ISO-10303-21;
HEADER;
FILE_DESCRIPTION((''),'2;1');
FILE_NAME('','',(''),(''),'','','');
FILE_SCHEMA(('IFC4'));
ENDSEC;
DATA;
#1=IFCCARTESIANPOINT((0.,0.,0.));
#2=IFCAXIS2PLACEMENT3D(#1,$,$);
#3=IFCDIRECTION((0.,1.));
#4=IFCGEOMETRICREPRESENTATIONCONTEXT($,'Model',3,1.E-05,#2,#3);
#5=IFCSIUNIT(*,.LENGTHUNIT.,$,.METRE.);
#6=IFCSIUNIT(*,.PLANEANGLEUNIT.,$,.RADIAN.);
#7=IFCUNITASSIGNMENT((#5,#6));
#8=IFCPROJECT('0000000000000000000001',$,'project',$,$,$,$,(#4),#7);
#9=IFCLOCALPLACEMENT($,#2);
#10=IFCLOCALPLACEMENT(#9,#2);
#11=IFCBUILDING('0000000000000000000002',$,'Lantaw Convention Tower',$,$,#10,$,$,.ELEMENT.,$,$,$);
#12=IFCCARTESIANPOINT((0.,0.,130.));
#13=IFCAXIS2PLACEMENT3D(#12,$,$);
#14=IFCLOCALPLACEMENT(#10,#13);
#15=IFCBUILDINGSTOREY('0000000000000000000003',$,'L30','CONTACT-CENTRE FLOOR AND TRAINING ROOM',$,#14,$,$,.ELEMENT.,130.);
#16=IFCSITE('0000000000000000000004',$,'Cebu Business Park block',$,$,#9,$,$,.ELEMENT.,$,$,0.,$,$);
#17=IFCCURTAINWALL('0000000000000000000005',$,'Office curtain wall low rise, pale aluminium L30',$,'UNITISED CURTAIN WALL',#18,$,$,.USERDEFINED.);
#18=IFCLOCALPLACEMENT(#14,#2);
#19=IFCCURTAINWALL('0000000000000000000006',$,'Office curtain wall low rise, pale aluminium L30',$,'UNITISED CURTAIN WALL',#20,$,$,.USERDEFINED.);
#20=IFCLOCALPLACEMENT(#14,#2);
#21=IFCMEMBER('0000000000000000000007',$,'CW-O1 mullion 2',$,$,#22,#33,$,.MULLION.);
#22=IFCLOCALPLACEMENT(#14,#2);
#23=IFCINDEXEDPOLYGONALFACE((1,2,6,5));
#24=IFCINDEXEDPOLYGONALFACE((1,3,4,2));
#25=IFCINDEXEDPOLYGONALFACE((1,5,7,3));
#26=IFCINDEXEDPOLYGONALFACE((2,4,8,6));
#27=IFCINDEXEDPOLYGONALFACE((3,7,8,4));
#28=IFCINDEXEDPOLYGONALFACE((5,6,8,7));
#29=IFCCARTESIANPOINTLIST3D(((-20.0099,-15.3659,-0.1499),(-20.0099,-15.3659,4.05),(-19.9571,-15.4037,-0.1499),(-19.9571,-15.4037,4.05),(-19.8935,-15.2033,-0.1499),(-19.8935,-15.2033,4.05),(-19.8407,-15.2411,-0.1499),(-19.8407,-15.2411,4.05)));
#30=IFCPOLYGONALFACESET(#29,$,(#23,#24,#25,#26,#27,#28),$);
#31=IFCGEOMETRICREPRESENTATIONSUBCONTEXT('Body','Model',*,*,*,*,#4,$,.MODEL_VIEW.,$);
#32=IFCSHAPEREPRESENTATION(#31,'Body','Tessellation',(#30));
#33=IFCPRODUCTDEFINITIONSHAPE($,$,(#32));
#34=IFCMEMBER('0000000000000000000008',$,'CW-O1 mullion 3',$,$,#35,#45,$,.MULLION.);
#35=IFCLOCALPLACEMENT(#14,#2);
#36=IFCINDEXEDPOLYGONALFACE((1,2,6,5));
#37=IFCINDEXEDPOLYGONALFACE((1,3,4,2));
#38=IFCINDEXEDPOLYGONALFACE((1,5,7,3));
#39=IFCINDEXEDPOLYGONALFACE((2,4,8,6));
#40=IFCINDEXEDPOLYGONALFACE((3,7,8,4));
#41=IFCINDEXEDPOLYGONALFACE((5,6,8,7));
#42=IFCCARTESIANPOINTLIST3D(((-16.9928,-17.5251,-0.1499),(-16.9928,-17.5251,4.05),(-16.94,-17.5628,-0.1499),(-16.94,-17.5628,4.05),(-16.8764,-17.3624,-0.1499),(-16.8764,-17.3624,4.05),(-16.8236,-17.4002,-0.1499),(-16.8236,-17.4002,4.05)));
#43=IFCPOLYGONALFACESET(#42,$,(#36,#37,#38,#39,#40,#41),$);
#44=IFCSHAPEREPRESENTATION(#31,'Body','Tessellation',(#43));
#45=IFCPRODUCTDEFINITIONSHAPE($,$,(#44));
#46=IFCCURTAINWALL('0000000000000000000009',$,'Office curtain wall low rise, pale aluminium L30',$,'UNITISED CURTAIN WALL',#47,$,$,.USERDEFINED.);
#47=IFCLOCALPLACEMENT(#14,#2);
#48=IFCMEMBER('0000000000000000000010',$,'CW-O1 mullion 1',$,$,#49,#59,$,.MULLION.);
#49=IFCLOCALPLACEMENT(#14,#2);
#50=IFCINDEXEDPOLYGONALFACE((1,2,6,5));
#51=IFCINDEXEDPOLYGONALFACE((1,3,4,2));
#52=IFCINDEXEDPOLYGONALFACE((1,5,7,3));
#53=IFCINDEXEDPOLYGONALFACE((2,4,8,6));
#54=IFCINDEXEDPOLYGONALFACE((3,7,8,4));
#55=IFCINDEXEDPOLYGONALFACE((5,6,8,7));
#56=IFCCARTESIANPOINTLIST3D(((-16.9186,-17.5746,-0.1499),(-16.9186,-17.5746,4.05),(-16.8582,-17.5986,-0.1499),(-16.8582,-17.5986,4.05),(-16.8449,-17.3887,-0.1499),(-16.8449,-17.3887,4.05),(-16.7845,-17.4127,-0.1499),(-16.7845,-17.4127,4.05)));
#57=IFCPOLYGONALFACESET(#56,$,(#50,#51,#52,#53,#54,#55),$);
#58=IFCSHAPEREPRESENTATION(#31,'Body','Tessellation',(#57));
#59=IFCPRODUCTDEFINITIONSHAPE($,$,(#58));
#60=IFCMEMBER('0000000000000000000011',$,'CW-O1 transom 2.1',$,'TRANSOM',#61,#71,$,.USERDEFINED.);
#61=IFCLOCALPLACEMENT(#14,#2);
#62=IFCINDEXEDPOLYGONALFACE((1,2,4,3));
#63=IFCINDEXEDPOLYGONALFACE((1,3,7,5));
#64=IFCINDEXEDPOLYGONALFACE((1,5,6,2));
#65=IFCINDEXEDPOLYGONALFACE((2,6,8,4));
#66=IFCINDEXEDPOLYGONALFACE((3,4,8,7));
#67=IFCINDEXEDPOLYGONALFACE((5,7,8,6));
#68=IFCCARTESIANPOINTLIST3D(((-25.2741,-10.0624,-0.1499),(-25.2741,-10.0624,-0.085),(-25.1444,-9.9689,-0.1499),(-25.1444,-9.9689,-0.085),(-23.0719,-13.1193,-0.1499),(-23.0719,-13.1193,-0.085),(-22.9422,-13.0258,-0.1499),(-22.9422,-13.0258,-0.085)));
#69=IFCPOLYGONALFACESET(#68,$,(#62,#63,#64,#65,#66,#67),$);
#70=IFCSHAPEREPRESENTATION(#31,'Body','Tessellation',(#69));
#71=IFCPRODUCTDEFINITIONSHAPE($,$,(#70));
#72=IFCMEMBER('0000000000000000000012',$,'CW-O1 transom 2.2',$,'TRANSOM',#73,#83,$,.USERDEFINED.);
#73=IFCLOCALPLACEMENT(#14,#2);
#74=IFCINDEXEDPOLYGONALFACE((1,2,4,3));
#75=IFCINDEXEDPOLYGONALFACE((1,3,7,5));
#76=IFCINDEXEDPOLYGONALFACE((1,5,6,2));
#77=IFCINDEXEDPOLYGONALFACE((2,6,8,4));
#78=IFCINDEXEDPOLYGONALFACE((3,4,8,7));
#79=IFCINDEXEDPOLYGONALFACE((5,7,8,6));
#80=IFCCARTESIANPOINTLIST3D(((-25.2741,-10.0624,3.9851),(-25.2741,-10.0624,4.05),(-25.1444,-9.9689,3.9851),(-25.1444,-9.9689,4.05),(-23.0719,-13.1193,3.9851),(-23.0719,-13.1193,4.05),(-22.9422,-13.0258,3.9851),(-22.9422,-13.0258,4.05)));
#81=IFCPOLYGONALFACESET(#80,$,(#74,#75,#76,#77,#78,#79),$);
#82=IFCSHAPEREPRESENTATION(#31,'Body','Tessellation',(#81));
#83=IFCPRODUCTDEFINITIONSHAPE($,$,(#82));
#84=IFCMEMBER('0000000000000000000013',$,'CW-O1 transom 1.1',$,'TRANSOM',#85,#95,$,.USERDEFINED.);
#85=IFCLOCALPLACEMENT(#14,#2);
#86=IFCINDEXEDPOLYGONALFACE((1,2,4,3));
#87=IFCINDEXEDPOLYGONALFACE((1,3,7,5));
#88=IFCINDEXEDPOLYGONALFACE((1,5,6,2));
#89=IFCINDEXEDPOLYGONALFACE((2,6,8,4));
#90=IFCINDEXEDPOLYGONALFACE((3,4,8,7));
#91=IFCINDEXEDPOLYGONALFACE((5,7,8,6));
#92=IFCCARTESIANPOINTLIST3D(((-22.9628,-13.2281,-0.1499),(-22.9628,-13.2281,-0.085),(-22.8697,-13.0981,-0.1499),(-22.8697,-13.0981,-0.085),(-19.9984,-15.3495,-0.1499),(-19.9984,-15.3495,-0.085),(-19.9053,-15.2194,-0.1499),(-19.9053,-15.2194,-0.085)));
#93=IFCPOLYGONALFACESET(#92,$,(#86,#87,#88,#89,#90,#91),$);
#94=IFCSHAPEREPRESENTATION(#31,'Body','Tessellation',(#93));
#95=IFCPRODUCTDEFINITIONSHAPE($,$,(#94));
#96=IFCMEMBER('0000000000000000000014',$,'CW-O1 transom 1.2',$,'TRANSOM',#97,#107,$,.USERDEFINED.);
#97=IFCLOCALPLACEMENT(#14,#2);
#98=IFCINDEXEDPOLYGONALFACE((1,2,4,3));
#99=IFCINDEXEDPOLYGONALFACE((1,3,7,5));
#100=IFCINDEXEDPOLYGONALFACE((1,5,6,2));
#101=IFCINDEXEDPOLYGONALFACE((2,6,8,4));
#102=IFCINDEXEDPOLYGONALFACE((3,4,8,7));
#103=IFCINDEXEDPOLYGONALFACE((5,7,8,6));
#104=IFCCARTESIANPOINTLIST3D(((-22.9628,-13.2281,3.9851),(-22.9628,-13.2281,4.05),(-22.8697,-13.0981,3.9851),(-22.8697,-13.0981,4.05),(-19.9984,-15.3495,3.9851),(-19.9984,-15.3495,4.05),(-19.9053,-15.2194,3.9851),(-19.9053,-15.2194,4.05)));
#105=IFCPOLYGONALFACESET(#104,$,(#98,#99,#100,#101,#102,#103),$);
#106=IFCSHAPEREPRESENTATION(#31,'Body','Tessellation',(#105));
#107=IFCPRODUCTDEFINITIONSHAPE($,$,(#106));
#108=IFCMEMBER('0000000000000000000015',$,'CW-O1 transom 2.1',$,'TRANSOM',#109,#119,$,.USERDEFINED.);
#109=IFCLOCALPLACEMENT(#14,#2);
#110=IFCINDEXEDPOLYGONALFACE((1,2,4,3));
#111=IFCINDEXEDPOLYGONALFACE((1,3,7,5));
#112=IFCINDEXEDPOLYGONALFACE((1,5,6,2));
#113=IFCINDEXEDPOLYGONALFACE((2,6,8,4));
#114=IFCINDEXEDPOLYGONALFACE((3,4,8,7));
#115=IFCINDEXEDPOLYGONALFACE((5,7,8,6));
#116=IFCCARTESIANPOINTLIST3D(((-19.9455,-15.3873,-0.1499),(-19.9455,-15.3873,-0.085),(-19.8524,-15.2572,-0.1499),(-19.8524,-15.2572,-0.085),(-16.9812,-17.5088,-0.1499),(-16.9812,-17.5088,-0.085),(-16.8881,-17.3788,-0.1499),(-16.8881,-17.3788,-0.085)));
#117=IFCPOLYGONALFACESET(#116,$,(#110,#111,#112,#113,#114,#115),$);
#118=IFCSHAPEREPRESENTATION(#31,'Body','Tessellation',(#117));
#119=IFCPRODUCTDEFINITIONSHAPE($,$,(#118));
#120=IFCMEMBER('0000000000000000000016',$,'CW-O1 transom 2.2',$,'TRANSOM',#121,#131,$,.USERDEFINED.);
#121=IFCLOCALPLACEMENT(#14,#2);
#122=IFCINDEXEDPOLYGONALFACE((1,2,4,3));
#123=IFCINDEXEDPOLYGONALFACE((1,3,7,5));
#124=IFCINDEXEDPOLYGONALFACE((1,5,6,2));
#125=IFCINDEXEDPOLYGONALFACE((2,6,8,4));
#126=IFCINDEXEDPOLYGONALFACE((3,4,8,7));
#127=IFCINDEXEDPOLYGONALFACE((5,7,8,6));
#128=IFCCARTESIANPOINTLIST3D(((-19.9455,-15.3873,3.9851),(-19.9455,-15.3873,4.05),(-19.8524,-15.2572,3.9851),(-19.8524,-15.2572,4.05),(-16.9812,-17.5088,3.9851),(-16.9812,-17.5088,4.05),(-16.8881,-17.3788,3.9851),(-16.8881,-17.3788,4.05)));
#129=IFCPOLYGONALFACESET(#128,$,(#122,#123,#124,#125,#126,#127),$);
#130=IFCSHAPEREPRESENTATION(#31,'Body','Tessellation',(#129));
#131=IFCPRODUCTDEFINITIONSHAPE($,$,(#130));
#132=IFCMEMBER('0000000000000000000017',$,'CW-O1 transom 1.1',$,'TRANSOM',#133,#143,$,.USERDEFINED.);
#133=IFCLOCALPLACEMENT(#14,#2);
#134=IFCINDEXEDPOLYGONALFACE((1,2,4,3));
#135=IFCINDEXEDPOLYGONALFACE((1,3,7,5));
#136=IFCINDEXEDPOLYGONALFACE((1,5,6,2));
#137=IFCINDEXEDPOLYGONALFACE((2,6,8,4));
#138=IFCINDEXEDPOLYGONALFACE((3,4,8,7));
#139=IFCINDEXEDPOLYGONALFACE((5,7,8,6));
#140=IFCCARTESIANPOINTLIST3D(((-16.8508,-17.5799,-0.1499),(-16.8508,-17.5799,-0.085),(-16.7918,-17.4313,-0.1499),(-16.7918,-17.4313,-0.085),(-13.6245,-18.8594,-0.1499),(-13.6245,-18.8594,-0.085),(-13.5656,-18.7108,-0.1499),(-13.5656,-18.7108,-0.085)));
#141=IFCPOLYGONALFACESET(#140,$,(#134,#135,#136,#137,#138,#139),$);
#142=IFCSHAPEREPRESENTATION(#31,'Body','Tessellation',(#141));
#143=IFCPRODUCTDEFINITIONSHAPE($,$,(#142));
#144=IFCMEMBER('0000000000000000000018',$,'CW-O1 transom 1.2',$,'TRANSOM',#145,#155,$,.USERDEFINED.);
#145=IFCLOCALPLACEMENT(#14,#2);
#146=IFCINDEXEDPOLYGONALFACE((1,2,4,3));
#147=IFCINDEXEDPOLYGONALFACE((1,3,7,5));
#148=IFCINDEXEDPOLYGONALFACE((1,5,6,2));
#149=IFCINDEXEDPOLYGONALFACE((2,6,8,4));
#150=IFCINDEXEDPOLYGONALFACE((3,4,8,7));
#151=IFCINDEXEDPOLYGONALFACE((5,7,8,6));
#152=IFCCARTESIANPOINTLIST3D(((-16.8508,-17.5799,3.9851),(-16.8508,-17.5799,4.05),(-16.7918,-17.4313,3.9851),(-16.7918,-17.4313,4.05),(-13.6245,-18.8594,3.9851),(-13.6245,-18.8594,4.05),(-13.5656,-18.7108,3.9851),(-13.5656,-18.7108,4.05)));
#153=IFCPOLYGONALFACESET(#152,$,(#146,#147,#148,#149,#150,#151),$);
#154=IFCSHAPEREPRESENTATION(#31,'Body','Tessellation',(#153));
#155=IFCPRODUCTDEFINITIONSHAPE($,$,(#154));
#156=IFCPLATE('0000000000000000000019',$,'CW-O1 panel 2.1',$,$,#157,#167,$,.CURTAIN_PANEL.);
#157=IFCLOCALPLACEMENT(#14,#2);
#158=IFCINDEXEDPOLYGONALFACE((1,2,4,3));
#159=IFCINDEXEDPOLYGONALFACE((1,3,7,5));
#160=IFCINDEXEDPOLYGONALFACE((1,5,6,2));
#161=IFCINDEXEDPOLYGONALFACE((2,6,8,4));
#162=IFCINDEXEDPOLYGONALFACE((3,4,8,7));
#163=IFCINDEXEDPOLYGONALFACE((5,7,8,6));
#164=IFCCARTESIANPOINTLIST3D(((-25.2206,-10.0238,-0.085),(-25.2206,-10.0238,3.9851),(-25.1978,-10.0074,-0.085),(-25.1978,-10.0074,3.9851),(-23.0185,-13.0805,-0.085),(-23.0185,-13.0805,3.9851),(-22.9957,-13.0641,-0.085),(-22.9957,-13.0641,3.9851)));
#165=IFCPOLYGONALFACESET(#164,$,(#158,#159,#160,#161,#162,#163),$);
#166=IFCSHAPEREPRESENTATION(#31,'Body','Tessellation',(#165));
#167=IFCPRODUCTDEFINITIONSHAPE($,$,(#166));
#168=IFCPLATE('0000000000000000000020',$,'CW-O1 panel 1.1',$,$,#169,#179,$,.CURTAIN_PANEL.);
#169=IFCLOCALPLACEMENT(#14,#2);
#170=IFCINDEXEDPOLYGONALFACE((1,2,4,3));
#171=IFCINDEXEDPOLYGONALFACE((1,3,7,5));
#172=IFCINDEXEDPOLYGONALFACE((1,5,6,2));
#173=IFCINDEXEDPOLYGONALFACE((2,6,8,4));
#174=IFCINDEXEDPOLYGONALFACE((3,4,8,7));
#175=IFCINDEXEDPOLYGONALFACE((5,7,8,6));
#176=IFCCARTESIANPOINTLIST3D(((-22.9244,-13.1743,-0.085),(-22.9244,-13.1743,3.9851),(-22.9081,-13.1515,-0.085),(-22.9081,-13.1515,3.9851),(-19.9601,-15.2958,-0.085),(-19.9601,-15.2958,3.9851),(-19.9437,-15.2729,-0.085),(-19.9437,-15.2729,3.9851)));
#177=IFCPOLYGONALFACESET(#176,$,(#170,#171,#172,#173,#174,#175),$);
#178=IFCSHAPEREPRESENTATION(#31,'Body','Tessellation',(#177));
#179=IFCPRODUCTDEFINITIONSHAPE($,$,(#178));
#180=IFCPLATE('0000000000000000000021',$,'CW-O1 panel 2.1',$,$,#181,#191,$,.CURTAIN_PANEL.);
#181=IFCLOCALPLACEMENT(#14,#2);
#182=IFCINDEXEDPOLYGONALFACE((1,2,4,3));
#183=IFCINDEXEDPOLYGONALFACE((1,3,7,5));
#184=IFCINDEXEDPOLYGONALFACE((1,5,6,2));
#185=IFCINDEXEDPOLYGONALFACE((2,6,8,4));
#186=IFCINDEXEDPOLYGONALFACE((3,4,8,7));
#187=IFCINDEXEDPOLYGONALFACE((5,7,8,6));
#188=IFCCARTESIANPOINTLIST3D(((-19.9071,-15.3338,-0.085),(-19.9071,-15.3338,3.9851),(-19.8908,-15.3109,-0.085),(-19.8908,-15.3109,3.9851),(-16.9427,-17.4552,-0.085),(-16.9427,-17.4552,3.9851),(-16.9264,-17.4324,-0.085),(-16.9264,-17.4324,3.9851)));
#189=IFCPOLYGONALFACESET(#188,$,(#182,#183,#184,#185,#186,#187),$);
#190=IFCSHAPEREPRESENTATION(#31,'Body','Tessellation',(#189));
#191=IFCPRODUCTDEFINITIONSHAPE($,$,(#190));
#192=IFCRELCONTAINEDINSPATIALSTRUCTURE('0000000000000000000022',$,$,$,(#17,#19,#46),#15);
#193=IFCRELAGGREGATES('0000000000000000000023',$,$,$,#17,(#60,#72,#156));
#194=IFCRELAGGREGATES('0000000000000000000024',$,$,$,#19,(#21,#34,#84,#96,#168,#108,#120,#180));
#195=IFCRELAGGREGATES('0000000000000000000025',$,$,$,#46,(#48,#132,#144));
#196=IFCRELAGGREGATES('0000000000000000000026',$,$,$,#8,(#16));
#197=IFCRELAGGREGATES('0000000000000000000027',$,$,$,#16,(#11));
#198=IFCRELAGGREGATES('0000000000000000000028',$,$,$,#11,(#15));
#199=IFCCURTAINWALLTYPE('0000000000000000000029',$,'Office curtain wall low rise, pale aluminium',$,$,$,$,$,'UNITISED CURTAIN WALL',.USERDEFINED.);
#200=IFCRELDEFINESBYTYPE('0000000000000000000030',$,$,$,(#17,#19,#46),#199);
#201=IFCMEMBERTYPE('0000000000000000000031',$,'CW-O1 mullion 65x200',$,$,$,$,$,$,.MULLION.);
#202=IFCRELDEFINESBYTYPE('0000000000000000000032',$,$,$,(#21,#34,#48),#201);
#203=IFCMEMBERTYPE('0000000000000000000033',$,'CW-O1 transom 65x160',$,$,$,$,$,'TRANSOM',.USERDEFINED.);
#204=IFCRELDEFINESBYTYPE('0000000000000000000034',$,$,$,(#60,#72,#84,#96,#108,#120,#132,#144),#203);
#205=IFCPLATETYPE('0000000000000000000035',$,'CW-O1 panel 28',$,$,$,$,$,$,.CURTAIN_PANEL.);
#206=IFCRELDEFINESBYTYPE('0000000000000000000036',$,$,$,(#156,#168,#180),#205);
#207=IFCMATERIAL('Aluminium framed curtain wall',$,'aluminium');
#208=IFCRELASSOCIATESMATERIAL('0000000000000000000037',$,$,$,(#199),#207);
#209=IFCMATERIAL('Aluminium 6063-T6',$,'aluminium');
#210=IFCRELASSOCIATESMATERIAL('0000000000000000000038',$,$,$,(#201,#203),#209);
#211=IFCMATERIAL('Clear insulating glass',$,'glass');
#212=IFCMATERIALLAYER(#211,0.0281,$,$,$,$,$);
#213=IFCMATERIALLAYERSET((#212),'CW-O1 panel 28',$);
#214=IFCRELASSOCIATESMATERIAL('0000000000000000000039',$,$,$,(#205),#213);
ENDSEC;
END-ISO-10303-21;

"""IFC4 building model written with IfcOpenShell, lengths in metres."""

from ifc_helpers import new_model, si_unit, direction, frame, origin, origin_2d, place, context, subcontext, project, spatial, rectangle, extrude, material, layer, layer_set, material_profile, profile_set, type_object, element, aggregate, save


model = new_model("IFC4")

# Units and contexts
model_context = context("Model", 3, precision=1e-05, world=origin(), true_north=direction((0.0, 1.0)))
body_context = subcontext(model_context, "Body", "Model", "MODEL_VIEW")
ifc_project = project(units=[si_unit("LENGTHUNIT", "METRE"), si_unit("PLANEANGLEUNIT", "RADIAN")], contexts=[model_context])

# Site, building, storey
site_placement = place(None, origin())
site = spatial("IfcSite", under=ifc_project, at=site_placement, Name="Cebu Business Park block", CompositionType="ELEMENT", RefElevation=0.0)
building_placement = place(site_placement, origin())
building = spatial("IfcBuilding", under=site, at=building_placement, Name="Lantaw Convention Tower", CompositionType="ELEMENT")
storey_placement = place(building_placement, frame((0.0, 0.0, 130.0)))
storey = spatial("IfcBuildingStorey", under=building, at=storey_placement, Name="L30", Description="CONTACT-CENTRE FLOOR AND TRAINING ROOM", CompositionType="ELEMENT", Elevation=130.0)

# Curtain walls, members
ifc_material_1 = material(Name="Aluminium framed curtain wall", Category="aluminium")
curtain_wall_type = type_object("IfcCurtainWallType", Name="Office curtain wall low rise, pale aluminium", ElementType="UNITISED CURTAIN WALL", PredefinedType="USERDEFINED", material=ifc_material_1)
curtain_wall_1_placement = place(storey_placement, origin())
curtain_wall_1 = element("IfcCurtainWall", 1, at=curtain_wall_1_placement, inside=storey, type_object=curtain_wall_type, Name="Office curtain wall low rise, pale aluminium L30", ObjectType="UNITISED CURTAIN WALL", PredefinedType="USERDEFINED")
ifc_material_2 = material(Name="Aluminium 6063-T6", Category="aluminium")
ifc_material_profile_1 = material_profile(ifc_material_2, rectangle(XDim=0.2, YDim=0.0649, at=origin_2d()), Name="CW-O1 mullion 65x200")
ifc_profile_set_1 = profile_set([ifc_material_profile_1], Name="Aluminium 6063-T6")
member_type_1 = type_object("IfcMemberType", Name="CW-O1 mullion 65x200", PredefinedType="MULLION", material=ifc_profile_set_1)
curtain_wall_2_placement = place(storey_placement, origin())
curtain_wall_2 = element("IfcCurtainWall", 2, at=curtain_wall_2_placement, inside=storey, type_object=curtain_wall_type, Name="Office curtain wall low rise, pale aluminium L30", ObjectType="UNITISED CURTAIN WALL", PredefinedType="USERDEFINED")
member_1_placement = place(storey_placement, frame((-19.9253, -15.3035, -0.1499), z_axis=(0.0, 0.0, 1.0), x_axis=(0.581973, 0.813208, 0.0)))
member_1 = element("IfcMember", 3, at=member_1_placement, type_object=member_type_1, Name="CW-O1 mullion 2", PredefinedType="MULLION", context=body_context, shape_type="SweptSolid", body=[
    extrude(rectangle(XDim=0.2, YDim=0.0649, at=origin_2d()), origin(), (0.0, 0.0, 1.0), 4.2),
])
member_2_placement = place(storey_placement, frame((-16.9082, -17.4626, -0.1499), z_axis=(0.0, 0.0, 1.0), x_axis=(0.581973, 0.813208, 0.0)))
member_2 = element("IfcMember", 4, at=member_2_placement, type_object=member_type_1, Name="CW-O1 mullion 3", PredefinedType="MULLION", context=body_context, shape_type="SweptSolid", body=[
    extrude(rectangle(XDim=0.2, YDim=0.0649, at=origin_2d()), origin(), (0.0, 0.0, 1.0), 4.2),
])

# Curtain wall, member
curtain_wall_3_placement = place(storey_placement, origin())
curtain_wall_3 = element("IfcCurtainWall", 5, at=curtain_wall_3_placement, inside=storey, type_object=curtain_wall_type, Name="Office curtain wall low rise, pale aluminium L30", ObjectType="UNITISED CURTAIN WALL", PredefinedType="USERDEFINED")
member_3_placement = place(storey_placement, frame((-16.8516, -17.4937, -0.1499), z_axis=(0.0, 0.0, 1.0), x_axis=(0.368702, 0.929548, 0.0)))
member_3 = element("IfcMember", 6, at=member_3_placement, type_object=member_type_1, Name="CW-O1 mullion 1", PredefinedType="MULLION", context=body_context, shape_type="SweptSolid", body=[
    extrude(rectangle(XDim=0.2, YDim=0.0649, at=origin_2d()), origin(), (0.0, 0.0, 1.0), 4.2),
])

# Members
ifc_material_profile_2 = material_profile(ifc_material_2, rectangle(XDim=0.1599, YDim=0.0649, at=origin_2d()), Name="CW-O1 transom 65x160")
ifc_profile_set_2 = profile_set([ifc_material_profile_2], Name="Aluminium 6063-T6")
member_type_2 = type_object("IfcMemberType", Name="CW-O1 transom 65x160", ElementType="TRANSOM", PredefinedType="USERDEFINED", material=ifc_profile_set_2)
member_4_placement = place(storey_placement, frame((-25.2092, -10.0156, -0.1174), z_axis=(0.584513, -0.811384, 0.0), x_axis=(0.811384, 0.584513, 0.0)))
member_4 = element("IfcMember", 7, at=member_4_placement, type_object=member_type_2, Name="CW-O1 transom 2.1", ObjectType="TRANSOM", PredefinedType="USERDEFINED", context=body_context, shape_type="SweptSolid", body=[
    extrude(rectangle(XDim=0.1599, YDim=0.0649, at=origin_2d()), origin(), (0.0, 0.0, 1.0), 3.7676),
])
member_5_placement = place(storey_placement, frame((-25.2092, -10.0156, 4.0176), z_axis=(0.584513, -0.811384, 0.0), x_axis=(0.811384, 0.584513, 0.0)))
member_5 = element("IfcMember", 8, at=member_5_placement, type_object=member_type_2, Name="CW-O1 transom 2.2", ObjectType="TRANSOM", PredefinedType="USERDEFINED", context=body_context, shape_type="SweptSolid", body=[
    extrude(rectangle(XDim=0.1599, YDim=0.0649, at=origin_2d()), origin(), (0.0, 0.0, 1.0), 3.7676),
])
member_6_placement = place(storey_placement, frame((-22.9163, -13.1631, -0.1174), z_axis=(0.813222, -0.581954, 0.0), x_axis=(0.581954, 0.813222, 0.0)))
member_6 = element("IfcMember", 9, at=member_6_placement, type_object=member_type_2, Name="CW-O1 transom 1.1", ObjectType="TRANSOM", PredefinedType="USERDEFINED", context=body_context, shape_type="SweptSolid", body=[
    extrude(rectangle(XDim=0.1599, YDim=0.0649, at=origin_2d()), origin(), (0.0, 0.0, 1.0), 3.6453),
])
member_7_placement = place(storey_placement, frame((-22.9163, -13.1631, 4.0176), z_axis=(0.813222, -0.581954, 0.0), x_axis=(0.581954, 0.813222, 0.0)))
member_7 = element("IfcMember", 10, at=member_7_placement, type_object=member_type_2, Name="CW-O1 transom 1.2", ObjectType="TRANSOM", PredefinedType="USERDEFINED", context=body_context, shape_type="SweptSolid", body=[
    extrude(rectangle(XDim=0.1599, YDim=0.0649, at=origin_2d()), origin(), (0.0, 0.0, 1.0), 3.6453),
])
member_8_placement = place(storey_placement, frame((-19.8989, -15.3223, -0.1174), z_axis=(0.81319, -0.581998, 0.0), x_axis=(0.581998, 0.81319, 0.0)))
member_8 = element("IfcMember", 11, at=member_8_placement, type_object=member_type_2, Name="CW-O1 transom 2.1", ObjectType="TRANSOM", PredefinedType="USERDEFINED", context=body_context, shape_type="SweptSolid", body=[
    extrude(rectangle(XDim=0.1599, YDim=0.0649, at=origin_2d()), origin(), (0.0, 0.0, 1.0), 3.6453),
])
member_9_placement = place(storey_placement, frame((-19.8989, -15.3223, 4.0176), z_axis=(0.81319, -0.581998, 0.0), x_axis=(0.581998, 0.81319, 0.0)))
member_9 = element("IfcMember", 12, at=member_9_placement, type_object=member_type_2, Name="CW-O1 transom 2.2", ObjectType="TRANSOM", PredefinedType="USERDEFINED", context=body_context, shape_type="SweptSolid", body=[
    extrude(rectangle(XDim=0.1599, YDim=0.0649, at=origin_2d()), origin(), (0.0, 0.0, 1.0), 3.6453),
])
member_10_placement = place(storey_placement, frame((-16.8213, -17.5056, -0.1174), z_axis=(0.929564, -0.36866, 0.0), x_axis=(0.36866, 0.929564, 0.0)))
member_10 = element("IfcMember", 13, at=member_10_placement, type_object=member_type_2, Name="CW-O1 transom 1.1", ObjectType="TRANSOM", PredefinedType="USERDEFINED", context=body_context, shape_type="SweptSolid", body=[
    extrude(rectangle(XDim=0.1599, YDim=0.0649, at=origin_2d()), origin(), (0.0, 0.0, 1.0), 3.4707),
])
member_11_placement = place(storey_placement, frame((-16.8213, -17.5056, 4.0176), z_axis=(0.929564, -0.36866, 0.0), x_axis=(0.36866, 0.929564, 0.0)))
member_11 = element("IfcMember", 14, at=member_11_placement, type_object=member_type_2, Name="CW-O1 transom 1.2", ObjectType="TRANSOM", PredefinedType="USERDEFINED", context=body_context, shape_type="SweptSolid", body=[
    extrude(rectangle(XDim=0.1599, YDim=0.0649, at=origin_2d()), origin(), (0.0, 0.0, 1.0), 3.4707),
])

# Plates
ifc_material_3 = material(Name="Clear insulating glass", Category="glass")
ifc_layer_1 = layer(ifc_material_3, 0.0281)
ifc_layer_set_1 = layer_set([ifc_layer_1], Name="CW-O1 panel 28")
plate_type_1 = type_object("IfcPlateType", Name="CW-O1 panel 28", PredefinedType="CURTAIN_PANEL", material=ifc_layer_set_1)
plate_1_placement = place(storey_placement, frame((-24.1082, -11.5439, -0.085), z_axis=(0.0, 0.0, 1.0), x_axis=(0.584513, -0.811385, 0.0)))
plate_1 = element("IfcPlate", 15, at=plate_1_placement, type_object=plate_type_1, Name="CW-O1 panel 2.1", PredefinedType="CURTAIN_PANEL", context=body_context, shape_type="SweptSolid", body=[
    extrude(rectangle(XDim=3.7673, YDim=0.0281, at=origin_2d()), origin(), (0.0, 0.0, 1.0), 4.0701),
])
aggregate(curtain_wall_1, [member_4, member_5, plate_1])
plate_2_placement = place(storey_placement, frame((-21.4341, -14.2236, -0.085), z_axis=(0.0, 0.0, 1.0), x_axis=(0.813208, -0.581973, 0.0)))
plate_2 = element("IfcPlate", 16, at=plate_2_placement, type_object=plate_type_1, Name="CW-O1 panel 1.1", PredefinedType="CURTAIN_PANEL", context=body_context, shape_type="SweptSolid", body=[
    extrude(rectangle(XDim=3.6453, YDim=0.0281, at=origin_2d()), origin(), (0.0, 0.0, 1.0), 4.0701),
])
plate_3_placement = place(storey_placement, frame((-18.4167, -16.3831, -0.085), z_axis=(0.0, 0.0, 1.0), x_axis=(0.813208, -0.581973, 0.0)))
plate_3 = element("IfcPlate", 17, at=plate_3_placement, type_object=plate_type_1, Name="CW-O1 panel 2.1", PredefinedType="CURTAIN_PANEL", context=body_context, shape_type="SweptSolid", body=[
    extrude(rectangle(XDim=3.6453, YDim=0.0281, at=origin_2d()), origin(), (0.0, 0.0, 1.0), 4.0701),
])
aggregate(curtain_wall_2, [member_1, member_2, member_6, member_7, plate_2, member_8, member_9, plate_3])
aggregate(curtain_wall_3, [member_3, member_10, member_11])

save(model, "model.ifc")
